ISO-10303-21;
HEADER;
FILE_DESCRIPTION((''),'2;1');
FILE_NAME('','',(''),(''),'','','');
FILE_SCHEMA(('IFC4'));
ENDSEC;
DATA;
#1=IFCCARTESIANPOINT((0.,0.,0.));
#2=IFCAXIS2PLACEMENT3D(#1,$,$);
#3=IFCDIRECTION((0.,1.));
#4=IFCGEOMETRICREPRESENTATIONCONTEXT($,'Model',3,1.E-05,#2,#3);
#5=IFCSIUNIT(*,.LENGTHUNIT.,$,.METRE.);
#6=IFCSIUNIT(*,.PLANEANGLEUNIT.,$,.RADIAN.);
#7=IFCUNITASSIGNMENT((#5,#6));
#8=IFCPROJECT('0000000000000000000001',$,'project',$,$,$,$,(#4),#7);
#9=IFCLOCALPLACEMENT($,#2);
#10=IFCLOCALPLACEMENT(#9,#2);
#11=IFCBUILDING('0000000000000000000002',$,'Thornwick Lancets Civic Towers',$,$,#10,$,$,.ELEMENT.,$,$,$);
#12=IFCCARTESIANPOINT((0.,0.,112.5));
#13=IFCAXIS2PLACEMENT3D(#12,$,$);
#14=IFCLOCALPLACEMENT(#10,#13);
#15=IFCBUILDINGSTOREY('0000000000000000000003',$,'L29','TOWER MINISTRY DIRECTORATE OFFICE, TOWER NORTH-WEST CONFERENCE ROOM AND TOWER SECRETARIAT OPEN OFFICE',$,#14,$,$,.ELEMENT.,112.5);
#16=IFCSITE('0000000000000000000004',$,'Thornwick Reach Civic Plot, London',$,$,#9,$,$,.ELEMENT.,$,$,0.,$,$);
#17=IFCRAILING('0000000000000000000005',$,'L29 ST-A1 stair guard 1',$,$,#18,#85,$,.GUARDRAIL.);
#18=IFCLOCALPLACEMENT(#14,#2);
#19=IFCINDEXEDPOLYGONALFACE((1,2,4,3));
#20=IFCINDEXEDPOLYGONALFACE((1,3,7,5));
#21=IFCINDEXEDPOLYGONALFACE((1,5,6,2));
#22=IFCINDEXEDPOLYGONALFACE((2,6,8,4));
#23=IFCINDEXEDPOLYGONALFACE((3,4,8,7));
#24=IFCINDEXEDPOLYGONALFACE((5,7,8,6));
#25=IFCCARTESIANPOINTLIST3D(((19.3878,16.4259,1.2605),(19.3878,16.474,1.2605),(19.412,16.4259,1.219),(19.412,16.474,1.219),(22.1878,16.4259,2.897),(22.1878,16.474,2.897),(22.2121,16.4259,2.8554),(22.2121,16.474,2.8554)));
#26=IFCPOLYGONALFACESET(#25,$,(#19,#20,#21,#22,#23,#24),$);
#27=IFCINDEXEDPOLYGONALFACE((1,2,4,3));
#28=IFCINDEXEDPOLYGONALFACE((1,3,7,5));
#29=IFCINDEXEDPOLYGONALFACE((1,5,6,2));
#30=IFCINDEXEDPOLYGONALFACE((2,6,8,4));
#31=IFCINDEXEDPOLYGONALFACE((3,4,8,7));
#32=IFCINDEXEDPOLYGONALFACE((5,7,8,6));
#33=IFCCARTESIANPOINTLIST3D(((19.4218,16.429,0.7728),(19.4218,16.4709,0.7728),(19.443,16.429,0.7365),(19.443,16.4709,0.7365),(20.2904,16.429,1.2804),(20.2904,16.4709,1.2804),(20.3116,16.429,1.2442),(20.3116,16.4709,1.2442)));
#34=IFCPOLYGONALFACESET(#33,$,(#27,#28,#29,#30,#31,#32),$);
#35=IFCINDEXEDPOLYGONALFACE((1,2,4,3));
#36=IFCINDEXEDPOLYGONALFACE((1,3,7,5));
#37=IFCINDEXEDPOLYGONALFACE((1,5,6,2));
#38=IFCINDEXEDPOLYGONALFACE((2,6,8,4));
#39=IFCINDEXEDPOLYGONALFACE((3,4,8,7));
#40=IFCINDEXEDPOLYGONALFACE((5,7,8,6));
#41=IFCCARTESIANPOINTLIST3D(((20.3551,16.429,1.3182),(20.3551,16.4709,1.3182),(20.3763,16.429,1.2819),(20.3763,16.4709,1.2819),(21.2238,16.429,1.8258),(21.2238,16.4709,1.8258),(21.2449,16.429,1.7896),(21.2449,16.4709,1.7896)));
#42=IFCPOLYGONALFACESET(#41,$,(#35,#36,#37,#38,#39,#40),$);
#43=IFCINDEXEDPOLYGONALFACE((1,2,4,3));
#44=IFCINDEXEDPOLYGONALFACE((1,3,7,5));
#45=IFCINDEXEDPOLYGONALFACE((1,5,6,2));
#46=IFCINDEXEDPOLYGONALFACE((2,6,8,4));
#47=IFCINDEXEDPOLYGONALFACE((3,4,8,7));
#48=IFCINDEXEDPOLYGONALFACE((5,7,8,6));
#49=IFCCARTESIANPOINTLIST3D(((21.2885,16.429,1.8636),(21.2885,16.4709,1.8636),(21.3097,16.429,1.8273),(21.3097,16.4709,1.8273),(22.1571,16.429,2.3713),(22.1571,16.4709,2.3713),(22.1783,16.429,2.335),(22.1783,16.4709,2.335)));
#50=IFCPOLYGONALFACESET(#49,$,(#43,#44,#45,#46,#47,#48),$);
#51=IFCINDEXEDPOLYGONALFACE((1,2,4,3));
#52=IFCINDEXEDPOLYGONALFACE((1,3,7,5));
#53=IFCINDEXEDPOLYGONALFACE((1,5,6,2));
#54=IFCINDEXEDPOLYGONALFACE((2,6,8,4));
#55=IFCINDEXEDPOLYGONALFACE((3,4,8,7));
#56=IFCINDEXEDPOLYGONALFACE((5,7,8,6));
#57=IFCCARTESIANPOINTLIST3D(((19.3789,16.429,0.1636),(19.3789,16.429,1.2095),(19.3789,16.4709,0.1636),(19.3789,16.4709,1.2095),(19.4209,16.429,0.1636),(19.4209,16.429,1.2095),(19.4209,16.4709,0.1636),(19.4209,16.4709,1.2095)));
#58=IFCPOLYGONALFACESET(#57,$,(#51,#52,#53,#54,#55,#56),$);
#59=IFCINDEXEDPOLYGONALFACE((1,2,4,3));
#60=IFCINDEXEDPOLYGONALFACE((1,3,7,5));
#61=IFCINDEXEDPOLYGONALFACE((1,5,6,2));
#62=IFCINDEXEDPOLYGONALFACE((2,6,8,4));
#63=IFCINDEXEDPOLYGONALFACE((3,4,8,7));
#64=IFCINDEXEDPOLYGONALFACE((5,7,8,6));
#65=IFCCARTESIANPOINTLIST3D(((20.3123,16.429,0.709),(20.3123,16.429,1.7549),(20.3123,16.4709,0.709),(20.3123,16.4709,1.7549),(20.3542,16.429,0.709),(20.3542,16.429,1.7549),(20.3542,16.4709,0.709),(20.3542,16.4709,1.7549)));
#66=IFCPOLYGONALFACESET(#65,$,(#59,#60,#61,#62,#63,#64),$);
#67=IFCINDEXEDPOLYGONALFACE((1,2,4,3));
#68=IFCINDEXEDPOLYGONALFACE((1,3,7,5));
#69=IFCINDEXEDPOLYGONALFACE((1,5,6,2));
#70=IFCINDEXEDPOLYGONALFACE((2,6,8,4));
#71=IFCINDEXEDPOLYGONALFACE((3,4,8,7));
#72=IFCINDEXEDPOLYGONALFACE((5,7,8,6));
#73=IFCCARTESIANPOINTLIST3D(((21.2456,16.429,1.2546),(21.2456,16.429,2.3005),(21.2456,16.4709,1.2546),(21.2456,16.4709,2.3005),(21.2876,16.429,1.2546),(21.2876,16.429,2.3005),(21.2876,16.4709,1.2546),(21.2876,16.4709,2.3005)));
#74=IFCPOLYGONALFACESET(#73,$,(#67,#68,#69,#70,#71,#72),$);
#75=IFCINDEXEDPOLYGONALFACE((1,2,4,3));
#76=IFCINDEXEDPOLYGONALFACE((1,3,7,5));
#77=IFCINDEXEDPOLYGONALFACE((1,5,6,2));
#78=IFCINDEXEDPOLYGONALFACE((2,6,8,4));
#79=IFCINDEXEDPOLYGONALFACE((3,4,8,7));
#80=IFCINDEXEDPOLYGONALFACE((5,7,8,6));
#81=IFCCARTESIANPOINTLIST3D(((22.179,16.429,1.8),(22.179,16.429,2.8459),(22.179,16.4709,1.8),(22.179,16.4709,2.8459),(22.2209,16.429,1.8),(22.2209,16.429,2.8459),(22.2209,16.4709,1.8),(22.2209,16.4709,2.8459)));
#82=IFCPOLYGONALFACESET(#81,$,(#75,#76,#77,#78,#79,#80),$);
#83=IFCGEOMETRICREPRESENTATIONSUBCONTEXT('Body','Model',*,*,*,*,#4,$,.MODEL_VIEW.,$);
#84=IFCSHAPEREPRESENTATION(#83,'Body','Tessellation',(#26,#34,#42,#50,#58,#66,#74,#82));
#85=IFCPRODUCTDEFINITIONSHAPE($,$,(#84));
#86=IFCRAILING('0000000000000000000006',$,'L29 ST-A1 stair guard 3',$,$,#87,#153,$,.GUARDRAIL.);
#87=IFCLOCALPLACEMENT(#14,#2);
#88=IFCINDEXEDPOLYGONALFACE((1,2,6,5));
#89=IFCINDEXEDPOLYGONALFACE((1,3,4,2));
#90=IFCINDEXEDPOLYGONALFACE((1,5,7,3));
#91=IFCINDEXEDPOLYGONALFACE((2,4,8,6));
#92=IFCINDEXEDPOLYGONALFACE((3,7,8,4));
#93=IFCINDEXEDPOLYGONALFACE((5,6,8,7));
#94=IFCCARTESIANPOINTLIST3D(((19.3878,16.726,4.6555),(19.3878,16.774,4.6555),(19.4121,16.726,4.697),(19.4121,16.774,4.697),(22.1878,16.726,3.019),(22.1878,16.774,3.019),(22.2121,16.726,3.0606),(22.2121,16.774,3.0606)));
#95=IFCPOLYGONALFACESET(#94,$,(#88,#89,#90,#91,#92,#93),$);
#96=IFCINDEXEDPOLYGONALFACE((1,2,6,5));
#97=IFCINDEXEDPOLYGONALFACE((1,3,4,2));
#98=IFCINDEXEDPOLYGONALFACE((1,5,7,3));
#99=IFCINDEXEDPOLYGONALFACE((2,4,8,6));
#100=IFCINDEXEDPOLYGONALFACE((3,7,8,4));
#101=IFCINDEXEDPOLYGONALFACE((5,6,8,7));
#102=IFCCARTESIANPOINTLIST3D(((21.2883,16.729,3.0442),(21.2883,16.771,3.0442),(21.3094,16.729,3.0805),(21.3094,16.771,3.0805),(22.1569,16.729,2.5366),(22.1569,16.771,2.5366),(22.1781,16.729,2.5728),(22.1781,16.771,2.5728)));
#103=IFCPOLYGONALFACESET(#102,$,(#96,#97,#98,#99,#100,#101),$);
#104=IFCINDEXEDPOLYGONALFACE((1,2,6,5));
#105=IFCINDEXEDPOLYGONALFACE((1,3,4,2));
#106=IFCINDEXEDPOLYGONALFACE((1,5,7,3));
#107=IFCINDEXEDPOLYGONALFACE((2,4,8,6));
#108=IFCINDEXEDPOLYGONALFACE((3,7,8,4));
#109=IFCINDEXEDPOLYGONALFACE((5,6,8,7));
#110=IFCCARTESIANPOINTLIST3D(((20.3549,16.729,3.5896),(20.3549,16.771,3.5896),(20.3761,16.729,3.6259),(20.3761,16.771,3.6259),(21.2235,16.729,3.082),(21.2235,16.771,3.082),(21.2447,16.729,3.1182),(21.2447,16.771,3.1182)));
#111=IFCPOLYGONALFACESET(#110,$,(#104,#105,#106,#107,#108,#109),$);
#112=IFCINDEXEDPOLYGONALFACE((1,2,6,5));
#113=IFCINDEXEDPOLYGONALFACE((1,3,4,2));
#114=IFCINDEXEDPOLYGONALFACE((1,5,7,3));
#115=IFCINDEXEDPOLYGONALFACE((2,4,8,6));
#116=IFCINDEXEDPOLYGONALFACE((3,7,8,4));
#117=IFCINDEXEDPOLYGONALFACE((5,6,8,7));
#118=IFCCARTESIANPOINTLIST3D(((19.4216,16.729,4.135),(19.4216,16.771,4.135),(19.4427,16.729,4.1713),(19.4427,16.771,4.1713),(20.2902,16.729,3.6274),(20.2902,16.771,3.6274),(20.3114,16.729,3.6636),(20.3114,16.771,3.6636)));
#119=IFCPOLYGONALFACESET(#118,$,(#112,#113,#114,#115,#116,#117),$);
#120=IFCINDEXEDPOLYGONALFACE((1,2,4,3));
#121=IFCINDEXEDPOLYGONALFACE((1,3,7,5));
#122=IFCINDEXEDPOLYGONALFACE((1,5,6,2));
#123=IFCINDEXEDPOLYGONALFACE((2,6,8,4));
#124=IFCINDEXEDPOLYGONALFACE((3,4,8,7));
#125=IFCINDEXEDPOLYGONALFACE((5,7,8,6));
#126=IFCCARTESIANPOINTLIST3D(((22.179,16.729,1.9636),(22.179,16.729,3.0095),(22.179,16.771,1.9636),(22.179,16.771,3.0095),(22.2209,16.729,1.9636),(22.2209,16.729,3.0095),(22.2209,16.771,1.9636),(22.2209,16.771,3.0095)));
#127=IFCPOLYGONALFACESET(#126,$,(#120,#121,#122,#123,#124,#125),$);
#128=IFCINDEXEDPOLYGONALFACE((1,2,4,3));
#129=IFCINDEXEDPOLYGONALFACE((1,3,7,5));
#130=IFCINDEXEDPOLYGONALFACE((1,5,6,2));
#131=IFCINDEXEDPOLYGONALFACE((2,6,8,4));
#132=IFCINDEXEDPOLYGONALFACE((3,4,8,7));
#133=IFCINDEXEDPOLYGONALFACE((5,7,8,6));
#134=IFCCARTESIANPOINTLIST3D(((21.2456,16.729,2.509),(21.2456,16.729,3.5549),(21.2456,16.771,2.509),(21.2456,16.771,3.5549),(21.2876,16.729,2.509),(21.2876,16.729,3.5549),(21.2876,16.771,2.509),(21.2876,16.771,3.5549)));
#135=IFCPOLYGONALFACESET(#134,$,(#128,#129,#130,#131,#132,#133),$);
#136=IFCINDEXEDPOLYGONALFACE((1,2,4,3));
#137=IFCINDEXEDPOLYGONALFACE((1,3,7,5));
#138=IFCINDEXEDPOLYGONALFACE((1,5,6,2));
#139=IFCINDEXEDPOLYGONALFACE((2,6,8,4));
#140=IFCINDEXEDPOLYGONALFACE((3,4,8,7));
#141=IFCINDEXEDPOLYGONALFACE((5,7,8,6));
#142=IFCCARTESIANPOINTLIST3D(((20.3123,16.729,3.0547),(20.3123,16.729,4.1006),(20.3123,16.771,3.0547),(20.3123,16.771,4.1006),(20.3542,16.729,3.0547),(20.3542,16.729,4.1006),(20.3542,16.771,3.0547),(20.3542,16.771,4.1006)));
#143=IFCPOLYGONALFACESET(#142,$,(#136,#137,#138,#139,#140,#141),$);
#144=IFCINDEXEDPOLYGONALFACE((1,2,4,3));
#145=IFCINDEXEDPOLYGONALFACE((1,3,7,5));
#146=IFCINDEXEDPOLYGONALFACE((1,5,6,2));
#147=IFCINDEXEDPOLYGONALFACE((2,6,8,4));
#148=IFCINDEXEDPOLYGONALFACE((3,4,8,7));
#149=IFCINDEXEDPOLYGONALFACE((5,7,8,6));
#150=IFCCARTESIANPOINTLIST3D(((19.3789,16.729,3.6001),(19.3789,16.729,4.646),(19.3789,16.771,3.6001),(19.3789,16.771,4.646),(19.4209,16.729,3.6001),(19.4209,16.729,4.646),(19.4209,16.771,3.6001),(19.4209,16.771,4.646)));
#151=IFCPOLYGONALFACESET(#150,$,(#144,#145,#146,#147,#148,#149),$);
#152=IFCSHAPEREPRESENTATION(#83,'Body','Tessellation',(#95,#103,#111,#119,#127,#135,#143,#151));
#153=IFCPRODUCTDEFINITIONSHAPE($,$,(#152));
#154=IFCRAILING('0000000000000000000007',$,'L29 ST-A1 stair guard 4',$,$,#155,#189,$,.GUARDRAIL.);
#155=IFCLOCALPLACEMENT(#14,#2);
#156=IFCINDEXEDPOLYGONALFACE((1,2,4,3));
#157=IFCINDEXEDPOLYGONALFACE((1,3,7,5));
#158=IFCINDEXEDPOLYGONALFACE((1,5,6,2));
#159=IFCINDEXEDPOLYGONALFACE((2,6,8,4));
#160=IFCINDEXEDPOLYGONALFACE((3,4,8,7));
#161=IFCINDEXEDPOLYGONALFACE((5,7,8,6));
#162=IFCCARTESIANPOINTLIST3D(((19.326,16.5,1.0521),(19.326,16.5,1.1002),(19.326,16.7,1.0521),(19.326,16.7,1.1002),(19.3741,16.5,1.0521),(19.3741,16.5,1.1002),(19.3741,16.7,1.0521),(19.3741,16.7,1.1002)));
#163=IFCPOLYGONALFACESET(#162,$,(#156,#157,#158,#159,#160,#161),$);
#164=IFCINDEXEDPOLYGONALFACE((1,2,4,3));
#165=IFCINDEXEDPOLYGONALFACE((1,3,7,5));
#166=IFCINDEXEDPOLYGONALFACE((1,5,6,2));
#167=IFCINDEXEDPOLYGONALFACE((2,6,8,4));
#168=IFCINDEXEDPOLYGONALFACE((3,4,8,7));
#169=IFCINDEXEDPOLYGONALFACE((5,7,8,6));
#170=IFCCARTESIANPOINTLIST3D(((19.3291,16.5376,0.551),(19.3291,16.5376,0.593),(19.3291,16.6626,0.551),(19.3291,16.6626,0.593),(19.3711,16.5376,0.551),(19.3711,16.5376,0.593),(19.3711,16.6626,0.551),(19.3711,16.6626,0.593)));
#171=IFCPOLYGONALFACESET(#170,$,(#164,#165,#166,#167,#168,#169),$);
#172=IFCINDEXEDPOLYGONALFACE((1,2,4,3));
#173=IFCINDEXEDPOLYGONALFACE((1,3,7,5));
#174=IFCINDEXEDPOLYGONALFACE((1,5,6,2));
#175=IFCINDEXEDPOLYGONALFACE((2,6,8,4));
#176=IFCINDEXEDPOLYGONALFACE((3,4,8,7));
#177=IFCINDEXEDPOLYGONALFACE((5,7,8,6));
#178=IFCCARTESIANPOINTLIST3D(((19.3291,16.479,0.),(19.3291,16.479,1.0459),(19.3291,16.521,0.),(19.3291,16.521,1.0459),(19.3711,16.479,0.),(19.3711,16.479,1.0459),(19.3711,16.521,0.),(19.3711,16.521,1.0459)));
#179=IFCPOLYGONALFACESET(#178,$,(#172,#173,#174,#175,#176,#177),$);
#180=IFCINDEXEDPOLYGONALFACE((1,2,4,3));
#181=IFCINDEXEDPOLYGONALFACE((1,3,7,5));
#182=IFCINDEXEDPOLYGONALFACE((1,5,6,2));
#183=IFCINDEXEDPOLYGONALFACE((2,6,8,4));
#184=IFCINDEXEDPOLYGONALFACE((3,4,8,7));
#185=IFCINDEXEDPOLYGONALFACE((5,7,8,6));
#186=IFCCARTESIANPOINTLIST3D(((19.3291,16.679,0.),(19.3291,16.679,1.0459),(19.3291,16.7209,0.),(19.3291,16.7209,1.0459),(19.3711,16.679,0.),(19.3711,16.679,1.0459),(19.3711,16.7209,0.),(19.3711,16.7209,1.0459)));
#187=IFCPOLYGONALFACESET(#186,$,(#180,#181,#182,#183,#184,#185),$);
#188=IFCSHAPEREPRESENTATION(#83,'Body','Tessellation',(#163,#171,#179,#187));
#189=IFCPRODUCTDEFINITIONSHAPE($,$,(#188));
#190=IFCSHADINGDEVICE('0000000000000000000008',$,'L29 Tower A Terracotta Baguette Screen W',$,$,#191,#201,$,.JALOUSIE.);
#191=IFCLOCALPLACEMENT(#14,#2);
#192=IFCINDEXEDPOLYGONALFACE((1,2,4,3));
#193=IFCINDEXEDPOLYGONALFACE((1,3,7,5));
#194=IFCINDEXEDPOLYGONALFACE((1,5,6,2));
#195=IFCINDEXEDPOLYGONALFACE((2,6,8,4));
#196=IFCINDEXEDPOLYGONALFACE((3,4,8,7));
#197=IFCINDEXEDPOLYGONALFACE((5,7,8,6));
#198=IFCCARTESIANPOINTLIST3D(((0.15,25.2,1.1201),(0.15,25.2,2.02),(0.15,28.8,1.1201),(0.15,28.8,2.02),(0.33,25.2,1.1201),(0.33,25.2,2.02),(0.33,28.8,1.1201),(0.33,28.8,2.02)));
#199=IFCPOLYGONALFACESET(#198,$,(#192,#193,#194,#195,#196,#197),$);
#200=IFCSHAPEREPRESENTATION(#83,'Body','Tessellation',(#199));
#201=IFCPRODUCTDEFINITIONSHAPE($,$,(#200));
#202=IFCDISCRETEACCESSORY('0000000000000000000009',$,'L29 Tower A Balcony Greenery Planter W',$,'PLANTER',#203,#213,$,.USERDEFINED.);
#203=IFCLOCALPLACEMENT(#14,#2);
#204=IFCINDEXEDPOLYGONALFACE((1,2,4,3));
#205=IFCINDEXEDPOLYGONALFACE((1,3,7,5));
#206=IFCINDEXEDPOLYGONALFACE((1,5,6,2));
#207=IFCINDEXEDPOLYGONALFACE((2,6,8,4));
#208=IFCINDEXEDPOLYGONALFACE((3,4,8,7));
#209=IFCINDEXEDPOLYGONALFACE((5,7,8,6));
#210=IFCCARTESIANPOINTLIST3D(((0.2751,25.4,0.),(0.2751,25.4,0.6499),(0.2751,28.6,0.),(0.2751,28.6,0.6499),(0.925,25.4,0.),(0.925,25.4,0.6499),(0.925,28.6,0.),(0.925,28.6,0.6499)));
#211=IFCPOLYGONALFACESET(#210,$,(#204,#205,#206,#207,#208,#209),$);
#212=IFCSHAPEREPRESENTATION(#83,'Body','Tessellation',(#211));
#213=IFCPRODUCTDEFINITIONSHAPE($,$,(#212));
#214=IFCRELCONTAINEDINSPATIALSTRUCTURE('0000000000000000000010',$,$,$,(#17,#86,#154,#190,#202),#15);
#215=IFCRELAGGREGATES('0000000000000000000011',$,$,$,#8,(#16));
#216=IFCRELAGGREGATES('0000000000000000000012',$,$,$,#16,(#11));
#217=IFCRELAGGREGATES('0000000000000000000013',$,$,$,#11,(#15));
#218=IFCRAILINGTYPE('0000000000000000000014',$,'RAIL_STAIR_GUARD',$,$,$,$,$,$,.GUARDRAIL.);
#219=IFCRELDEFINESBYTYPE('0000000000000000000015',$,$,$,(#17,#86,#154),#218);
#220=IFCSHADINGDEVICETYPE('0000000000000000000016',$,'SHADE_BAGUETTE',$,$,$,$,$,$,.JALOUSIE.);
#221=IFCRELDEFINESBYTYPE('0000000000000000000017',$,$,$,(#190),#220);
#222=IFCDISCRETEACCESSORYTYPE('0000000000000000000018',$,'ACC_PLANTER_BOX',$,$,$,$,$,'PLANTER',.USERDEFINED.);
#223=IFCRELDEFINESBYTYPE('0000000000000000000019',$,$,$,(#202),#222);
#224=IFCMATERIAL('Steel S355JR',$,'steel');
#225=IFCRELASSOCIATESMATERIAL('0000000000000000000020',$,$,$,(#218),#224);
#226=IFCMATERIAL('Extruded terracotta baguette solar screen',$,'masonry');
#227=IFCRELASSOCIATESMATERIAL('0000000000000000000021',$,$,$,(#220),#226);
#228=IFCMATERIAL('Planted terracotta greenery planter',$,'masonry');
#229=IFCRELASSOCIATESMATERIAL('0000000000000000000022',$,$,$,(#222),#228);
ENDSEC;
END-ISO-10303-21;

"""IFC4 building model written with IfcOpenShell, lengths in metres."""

from ifc_helpers import new_model, si_unit, direction, frame, origin, origin_2d, place, context, subcontext, project, spatial, rectangle, extrude, material, type_object, element, save


model = new_model("IFC4")

# Units and contexts
model_context = context("Model", 3, precision=1e-05, world=origin(), true_north=direction((0.0, 1.0)))
body_context = subcontext(model_context, "Body", "Model", "MODEL_VIEW")
ifc_project = project(units=[si_unit("LENGTHUNIT", "METRE"), si_unit("PLANEANGLEUNIT", "RADIAN")], contexts=[model_context])

# Site, building, storey
site_placement = place(None, origin())
site = spatial("IfcSite", under=ifc_project, at=site_placement, Name="Thornwick Reach Civic Plot, London", CompositionType="ELEMENT", RefElevation=0.0)
building_placement = place(site_placement, origin())
building = spatial("IfcBuilding", under=site, at=building_placement, Name="Thornwick Lancets Civic Towers", CompositionType="ELEMENT")
storey_placement = place(building_placement, frame((0.0, 0.0, 112.5)))
storey = spatial("IfcBuildingStorey", under=building, at=storey_placement, Name="L29", Description="TOWER MINISTRY DIRECTORATE OFFICE, TOWER NORTH-WEST CONFERENCE ROOM AND TOWER SECRETARIAT OPEN OFFICE", CompositionType="ELEMENT", Elevation=112.5)

# Shared definitions
ifc_material_1 = material(Name="Steel S355JR", Category="steel")

# Railings
railing_type_1 = type_object("IfcRailingType", Name="RAIL_STAIR_GUARD", PredefinedType="GUARDRAIL", material=ifc_material_1)
railing_1_placement = place(storey_placement, frame((19.3999, 16.45, 0.1636)))
element("IfcRailing", 1, at=railing_1_placement, inside=storey, type_object=railing_type_1, Name="L29 ST-A1 stair guard 1", PredefinedType="GUARDRAIL", context=body_context, shape_type="SweptSolid", body=[
    extrude(rectangle(XDim=0.0481, YDim=0.0481, at=origin_2d()), frame((0.0, 0.0, 1.0762), z_axis=(0.863361, 0.0, 0.504587), x_axis=(0.0, 1.0, 0.0)), (0.0, 0.0, 1.0), 3.2432),
    extrude(rectangle(XDim=0.042, YDim=0.042, at=origin_2d()), frame((0.0325, 0.0, 0.5911), z_axis=(0.863361, 0.0, 0.504587), x_axis=(0.0, 1.0, 0.0)), (0.0, 0.0, 1.0), 1.0061),
    extrude(rectangle(XDim=0.042, YDim=0.042, at=origin_2d()), frame((0.9658, 0.0, 1.1365), z_axis=(0.863361, 0.0, 0.504587), x_axis=(0.0, 1.0, 0.0)), (0.0, 0.0, 1.0), 1.0061),
    extrude(rectangle(XDim=0.042, YDim=0.042, at=origin_2d()), frame((1.8992, 0.0, 1.6819), z_axis=(0.863361, 0.0, 0.504587), x_axis=(0.0, 1.0, 0.0)), (0.0, 0.0, 1.0), 1.0061),
    extrude(rectangle(XDim=0.042, YDim=0.042, at=origin_2d()), origin(), (0.0, 0.0, 1.0), 1.0459),
    extrude(rectangle(XDim=0.042, YDim=0.042, at=origin_2d()), frame((0.9333, 0.0, 0.5454)), (0.0, 0.0, 1.0), 1.0459),
    extrude(rectangle(XDim=0.042, YDim=0.042, at=origin_2d()), frame((1.8667, 0.0, 1.0911)), (0.0, 0.0, 1.0), 1.0459),
    extrude(rectangle(XDim=0.042, YDim=0.042, at=origin_2d()), frame((2.8, 0.0, 1.6365)), (0.0, 0.0, 1.0), 1.0459),
])
railing_2_placement = place(storey_placement, frame((22.2, 16.75, 1.9636)))
element("IfcRailing", 2, at=railing_2_placement, inside=storey, type_object=railing_type_1, Name="L29 ST-A1 stair guard 3", PredefinedType="GUARDRAIL", context=body_context, shape_type="SweptSolid", body=[
    extrude(rectangle(XDim=0.0481, YDim=0.0481, at=origin_2d()), frame((0.0, 0.0, 1.0762), z_axis=(-0.863361, 0.0, 0.504587), x_axis=(0.0, -1.0, 0.0)), (0.0, 0.0, 1.0), 3.2432),
    extrude(rectangle(XDim=0.042, YDim=0.042, at=origin_2d()), frame((-0.0325, 0.0, 0.5911), z_axis=(-0.863361, 0.0, 0.504587), x_axis=(0.0, -1.0, 0.0)), (0.0, 0.0, 1.0), 1.0061),
    extrude(rectangle(XDim=0.042, YDim=0.042, at=origin_2d()), frame((-0.9658, 0.0, 1.1365), z_axis=(-0.863361, 0.0, 0.504587), x_axis=(0.0, -1.0, 0.0)), (0.0, 0.0, 1.0), 1.0061),
    extrude(rectangle(XDim=0.042, YDim=0.042, at=origin_2d()), frame((-1.8992, 0.0, 1.6819), z_axis=(-0.863361, 0.0, 0.504587), x_axis=(0.0, -1.0, 0.0)), (0.0, 0.0, 1.0), 1.0061),
    extrude(rectangle(XDim=0.042, YDim=0.042, at=origin_2d()), origin(), (0.0, 0.0, 1.0), 1.0459),
    extrude(rectangle(XDim=0.042, YDim=0.042, at=origin_2d()), frame((-0.9333, 0.0, 0.5454)), (0.0, 0.0, 1.0), 1.0459),
    extrude(rectangle(XDim=0.042, YDim=0.042, at=origin_2d()), frame((-1.8667, 0.0, 1.0911)), (0.0, 0.0, 1.0), 1.0459),
    extrude(rectangle(XDim=0.042, YDim=0.042, at=origin_2d()), frame((-2.8, 0.0, 1.6365)), (0.0, 0.0, 1.0), 1.0459),
])
railing_3_placement = place(storey_placement, frame((19.3501, 16.5, 0.0)))
element("IfcRailing", 3, at=railing_3_placement, inside=storey, type_object=railing_type_1, Name="L29 ST-A1 stair guard 4", PredefinedType="GUARDRAIL", context=body_context, shape_type="SweptSolid", body=[
    extrude(rectangle(XDim=0.0481, YDim=0.0481, at=origin_2d()), frame((0.0, 0.0, 1.0762), z_axis=(0.0, 1.0, 0.0), x_axis=(-1.0, 0.0, 0.0)), (0.0, 0.0, 1.0), 0.2),
    extrude(rectangle(XDim=0.042, YDim=0.042, at=origin_2d()), frame((0.0, 0.0376, 0.572), z_axis=(0.0, 1.0, 0.0), x_axis=(-1.0, 0.0, 0.0)), (0.0, 0.0, 1.0), 0.125),
    extrude(rectangle(XDim=0.042, YDim=0.042, at=origin_2d()), origin(), (0.0, 0.0, 1.0), 1.0459),
    extrude(rectangle(XDim=0.042, YDim=0.042, at=origin_2d()), frame((0.0, 0.2, 0.0)), (0.0, 0.0, 1.0), 1.0459),
])

# Shading device
ifc_material_2 = material(Name="Extruded terracotta baguette solar screen", Category="masonry")
shading_device_type = type_object("IfcShadingDeviceType", Name="SHADE_BAGUETTE", PredefinedType="JALOUSIE", material=ifc_material_2)
shading_device_placement = place(storey_placement, frame((0.24, 27.0, 1.1201), z_axis=(0.0, 0.0, 1.0), x_axis=(0.0, 1.0, 0.0)))
element("IfcShadingDevice", 4, at=shading_device_placement, inside=storey, type_object=shading_device_type, Name="L29 Tower A Terracotta Baguette Screen W", PredefinedType="JALOUSIE", context=body_context, shape_type="SweptSolid", body=[
    extrude(rectangle(XDim=3.6001, YDim=0.1799, at=origin_2d()), origin(), (0.0, 0.0, 1.0), 0.8999),
])

# Discrete accessory
ifc_material_3 = material(Name="Planted terracotta greenery planter", Category="masonry")
discrete_accessory_type_1 = type_object("IfcDiscreteAccessoryType", Name="ACC_PLANTER_BOX", ElementType="PLANTER", PredefinedType="USERDEFINED", material=ifc_material_3)
discrete_accessory_1_placement = place(storey_placement, frame((0.6001, 27.0, 0.0), z_axis=(0.0, 0.0, 1.0), x_axis=(1.0, 0.0, 0.0)))
element("IfcDiscreteAccessory", 5, at=discrete_accessory_1_placement, inside=storey, type_object=discrete_accessory_type_1, Name="L29 Tower A Balcony Greenery Planter W", ObjectType="PLANTER", PredefinedType="USERDEFINED", context=body_context, shape_type="SweptSolid", body=[
    extrude(rectangle(XDim=0.6499, YDim=3.2, at=origin_2d()), origin(), (0.0, 0.0, 1.0), 0.6499),
])

save(model, "model.ifc")
